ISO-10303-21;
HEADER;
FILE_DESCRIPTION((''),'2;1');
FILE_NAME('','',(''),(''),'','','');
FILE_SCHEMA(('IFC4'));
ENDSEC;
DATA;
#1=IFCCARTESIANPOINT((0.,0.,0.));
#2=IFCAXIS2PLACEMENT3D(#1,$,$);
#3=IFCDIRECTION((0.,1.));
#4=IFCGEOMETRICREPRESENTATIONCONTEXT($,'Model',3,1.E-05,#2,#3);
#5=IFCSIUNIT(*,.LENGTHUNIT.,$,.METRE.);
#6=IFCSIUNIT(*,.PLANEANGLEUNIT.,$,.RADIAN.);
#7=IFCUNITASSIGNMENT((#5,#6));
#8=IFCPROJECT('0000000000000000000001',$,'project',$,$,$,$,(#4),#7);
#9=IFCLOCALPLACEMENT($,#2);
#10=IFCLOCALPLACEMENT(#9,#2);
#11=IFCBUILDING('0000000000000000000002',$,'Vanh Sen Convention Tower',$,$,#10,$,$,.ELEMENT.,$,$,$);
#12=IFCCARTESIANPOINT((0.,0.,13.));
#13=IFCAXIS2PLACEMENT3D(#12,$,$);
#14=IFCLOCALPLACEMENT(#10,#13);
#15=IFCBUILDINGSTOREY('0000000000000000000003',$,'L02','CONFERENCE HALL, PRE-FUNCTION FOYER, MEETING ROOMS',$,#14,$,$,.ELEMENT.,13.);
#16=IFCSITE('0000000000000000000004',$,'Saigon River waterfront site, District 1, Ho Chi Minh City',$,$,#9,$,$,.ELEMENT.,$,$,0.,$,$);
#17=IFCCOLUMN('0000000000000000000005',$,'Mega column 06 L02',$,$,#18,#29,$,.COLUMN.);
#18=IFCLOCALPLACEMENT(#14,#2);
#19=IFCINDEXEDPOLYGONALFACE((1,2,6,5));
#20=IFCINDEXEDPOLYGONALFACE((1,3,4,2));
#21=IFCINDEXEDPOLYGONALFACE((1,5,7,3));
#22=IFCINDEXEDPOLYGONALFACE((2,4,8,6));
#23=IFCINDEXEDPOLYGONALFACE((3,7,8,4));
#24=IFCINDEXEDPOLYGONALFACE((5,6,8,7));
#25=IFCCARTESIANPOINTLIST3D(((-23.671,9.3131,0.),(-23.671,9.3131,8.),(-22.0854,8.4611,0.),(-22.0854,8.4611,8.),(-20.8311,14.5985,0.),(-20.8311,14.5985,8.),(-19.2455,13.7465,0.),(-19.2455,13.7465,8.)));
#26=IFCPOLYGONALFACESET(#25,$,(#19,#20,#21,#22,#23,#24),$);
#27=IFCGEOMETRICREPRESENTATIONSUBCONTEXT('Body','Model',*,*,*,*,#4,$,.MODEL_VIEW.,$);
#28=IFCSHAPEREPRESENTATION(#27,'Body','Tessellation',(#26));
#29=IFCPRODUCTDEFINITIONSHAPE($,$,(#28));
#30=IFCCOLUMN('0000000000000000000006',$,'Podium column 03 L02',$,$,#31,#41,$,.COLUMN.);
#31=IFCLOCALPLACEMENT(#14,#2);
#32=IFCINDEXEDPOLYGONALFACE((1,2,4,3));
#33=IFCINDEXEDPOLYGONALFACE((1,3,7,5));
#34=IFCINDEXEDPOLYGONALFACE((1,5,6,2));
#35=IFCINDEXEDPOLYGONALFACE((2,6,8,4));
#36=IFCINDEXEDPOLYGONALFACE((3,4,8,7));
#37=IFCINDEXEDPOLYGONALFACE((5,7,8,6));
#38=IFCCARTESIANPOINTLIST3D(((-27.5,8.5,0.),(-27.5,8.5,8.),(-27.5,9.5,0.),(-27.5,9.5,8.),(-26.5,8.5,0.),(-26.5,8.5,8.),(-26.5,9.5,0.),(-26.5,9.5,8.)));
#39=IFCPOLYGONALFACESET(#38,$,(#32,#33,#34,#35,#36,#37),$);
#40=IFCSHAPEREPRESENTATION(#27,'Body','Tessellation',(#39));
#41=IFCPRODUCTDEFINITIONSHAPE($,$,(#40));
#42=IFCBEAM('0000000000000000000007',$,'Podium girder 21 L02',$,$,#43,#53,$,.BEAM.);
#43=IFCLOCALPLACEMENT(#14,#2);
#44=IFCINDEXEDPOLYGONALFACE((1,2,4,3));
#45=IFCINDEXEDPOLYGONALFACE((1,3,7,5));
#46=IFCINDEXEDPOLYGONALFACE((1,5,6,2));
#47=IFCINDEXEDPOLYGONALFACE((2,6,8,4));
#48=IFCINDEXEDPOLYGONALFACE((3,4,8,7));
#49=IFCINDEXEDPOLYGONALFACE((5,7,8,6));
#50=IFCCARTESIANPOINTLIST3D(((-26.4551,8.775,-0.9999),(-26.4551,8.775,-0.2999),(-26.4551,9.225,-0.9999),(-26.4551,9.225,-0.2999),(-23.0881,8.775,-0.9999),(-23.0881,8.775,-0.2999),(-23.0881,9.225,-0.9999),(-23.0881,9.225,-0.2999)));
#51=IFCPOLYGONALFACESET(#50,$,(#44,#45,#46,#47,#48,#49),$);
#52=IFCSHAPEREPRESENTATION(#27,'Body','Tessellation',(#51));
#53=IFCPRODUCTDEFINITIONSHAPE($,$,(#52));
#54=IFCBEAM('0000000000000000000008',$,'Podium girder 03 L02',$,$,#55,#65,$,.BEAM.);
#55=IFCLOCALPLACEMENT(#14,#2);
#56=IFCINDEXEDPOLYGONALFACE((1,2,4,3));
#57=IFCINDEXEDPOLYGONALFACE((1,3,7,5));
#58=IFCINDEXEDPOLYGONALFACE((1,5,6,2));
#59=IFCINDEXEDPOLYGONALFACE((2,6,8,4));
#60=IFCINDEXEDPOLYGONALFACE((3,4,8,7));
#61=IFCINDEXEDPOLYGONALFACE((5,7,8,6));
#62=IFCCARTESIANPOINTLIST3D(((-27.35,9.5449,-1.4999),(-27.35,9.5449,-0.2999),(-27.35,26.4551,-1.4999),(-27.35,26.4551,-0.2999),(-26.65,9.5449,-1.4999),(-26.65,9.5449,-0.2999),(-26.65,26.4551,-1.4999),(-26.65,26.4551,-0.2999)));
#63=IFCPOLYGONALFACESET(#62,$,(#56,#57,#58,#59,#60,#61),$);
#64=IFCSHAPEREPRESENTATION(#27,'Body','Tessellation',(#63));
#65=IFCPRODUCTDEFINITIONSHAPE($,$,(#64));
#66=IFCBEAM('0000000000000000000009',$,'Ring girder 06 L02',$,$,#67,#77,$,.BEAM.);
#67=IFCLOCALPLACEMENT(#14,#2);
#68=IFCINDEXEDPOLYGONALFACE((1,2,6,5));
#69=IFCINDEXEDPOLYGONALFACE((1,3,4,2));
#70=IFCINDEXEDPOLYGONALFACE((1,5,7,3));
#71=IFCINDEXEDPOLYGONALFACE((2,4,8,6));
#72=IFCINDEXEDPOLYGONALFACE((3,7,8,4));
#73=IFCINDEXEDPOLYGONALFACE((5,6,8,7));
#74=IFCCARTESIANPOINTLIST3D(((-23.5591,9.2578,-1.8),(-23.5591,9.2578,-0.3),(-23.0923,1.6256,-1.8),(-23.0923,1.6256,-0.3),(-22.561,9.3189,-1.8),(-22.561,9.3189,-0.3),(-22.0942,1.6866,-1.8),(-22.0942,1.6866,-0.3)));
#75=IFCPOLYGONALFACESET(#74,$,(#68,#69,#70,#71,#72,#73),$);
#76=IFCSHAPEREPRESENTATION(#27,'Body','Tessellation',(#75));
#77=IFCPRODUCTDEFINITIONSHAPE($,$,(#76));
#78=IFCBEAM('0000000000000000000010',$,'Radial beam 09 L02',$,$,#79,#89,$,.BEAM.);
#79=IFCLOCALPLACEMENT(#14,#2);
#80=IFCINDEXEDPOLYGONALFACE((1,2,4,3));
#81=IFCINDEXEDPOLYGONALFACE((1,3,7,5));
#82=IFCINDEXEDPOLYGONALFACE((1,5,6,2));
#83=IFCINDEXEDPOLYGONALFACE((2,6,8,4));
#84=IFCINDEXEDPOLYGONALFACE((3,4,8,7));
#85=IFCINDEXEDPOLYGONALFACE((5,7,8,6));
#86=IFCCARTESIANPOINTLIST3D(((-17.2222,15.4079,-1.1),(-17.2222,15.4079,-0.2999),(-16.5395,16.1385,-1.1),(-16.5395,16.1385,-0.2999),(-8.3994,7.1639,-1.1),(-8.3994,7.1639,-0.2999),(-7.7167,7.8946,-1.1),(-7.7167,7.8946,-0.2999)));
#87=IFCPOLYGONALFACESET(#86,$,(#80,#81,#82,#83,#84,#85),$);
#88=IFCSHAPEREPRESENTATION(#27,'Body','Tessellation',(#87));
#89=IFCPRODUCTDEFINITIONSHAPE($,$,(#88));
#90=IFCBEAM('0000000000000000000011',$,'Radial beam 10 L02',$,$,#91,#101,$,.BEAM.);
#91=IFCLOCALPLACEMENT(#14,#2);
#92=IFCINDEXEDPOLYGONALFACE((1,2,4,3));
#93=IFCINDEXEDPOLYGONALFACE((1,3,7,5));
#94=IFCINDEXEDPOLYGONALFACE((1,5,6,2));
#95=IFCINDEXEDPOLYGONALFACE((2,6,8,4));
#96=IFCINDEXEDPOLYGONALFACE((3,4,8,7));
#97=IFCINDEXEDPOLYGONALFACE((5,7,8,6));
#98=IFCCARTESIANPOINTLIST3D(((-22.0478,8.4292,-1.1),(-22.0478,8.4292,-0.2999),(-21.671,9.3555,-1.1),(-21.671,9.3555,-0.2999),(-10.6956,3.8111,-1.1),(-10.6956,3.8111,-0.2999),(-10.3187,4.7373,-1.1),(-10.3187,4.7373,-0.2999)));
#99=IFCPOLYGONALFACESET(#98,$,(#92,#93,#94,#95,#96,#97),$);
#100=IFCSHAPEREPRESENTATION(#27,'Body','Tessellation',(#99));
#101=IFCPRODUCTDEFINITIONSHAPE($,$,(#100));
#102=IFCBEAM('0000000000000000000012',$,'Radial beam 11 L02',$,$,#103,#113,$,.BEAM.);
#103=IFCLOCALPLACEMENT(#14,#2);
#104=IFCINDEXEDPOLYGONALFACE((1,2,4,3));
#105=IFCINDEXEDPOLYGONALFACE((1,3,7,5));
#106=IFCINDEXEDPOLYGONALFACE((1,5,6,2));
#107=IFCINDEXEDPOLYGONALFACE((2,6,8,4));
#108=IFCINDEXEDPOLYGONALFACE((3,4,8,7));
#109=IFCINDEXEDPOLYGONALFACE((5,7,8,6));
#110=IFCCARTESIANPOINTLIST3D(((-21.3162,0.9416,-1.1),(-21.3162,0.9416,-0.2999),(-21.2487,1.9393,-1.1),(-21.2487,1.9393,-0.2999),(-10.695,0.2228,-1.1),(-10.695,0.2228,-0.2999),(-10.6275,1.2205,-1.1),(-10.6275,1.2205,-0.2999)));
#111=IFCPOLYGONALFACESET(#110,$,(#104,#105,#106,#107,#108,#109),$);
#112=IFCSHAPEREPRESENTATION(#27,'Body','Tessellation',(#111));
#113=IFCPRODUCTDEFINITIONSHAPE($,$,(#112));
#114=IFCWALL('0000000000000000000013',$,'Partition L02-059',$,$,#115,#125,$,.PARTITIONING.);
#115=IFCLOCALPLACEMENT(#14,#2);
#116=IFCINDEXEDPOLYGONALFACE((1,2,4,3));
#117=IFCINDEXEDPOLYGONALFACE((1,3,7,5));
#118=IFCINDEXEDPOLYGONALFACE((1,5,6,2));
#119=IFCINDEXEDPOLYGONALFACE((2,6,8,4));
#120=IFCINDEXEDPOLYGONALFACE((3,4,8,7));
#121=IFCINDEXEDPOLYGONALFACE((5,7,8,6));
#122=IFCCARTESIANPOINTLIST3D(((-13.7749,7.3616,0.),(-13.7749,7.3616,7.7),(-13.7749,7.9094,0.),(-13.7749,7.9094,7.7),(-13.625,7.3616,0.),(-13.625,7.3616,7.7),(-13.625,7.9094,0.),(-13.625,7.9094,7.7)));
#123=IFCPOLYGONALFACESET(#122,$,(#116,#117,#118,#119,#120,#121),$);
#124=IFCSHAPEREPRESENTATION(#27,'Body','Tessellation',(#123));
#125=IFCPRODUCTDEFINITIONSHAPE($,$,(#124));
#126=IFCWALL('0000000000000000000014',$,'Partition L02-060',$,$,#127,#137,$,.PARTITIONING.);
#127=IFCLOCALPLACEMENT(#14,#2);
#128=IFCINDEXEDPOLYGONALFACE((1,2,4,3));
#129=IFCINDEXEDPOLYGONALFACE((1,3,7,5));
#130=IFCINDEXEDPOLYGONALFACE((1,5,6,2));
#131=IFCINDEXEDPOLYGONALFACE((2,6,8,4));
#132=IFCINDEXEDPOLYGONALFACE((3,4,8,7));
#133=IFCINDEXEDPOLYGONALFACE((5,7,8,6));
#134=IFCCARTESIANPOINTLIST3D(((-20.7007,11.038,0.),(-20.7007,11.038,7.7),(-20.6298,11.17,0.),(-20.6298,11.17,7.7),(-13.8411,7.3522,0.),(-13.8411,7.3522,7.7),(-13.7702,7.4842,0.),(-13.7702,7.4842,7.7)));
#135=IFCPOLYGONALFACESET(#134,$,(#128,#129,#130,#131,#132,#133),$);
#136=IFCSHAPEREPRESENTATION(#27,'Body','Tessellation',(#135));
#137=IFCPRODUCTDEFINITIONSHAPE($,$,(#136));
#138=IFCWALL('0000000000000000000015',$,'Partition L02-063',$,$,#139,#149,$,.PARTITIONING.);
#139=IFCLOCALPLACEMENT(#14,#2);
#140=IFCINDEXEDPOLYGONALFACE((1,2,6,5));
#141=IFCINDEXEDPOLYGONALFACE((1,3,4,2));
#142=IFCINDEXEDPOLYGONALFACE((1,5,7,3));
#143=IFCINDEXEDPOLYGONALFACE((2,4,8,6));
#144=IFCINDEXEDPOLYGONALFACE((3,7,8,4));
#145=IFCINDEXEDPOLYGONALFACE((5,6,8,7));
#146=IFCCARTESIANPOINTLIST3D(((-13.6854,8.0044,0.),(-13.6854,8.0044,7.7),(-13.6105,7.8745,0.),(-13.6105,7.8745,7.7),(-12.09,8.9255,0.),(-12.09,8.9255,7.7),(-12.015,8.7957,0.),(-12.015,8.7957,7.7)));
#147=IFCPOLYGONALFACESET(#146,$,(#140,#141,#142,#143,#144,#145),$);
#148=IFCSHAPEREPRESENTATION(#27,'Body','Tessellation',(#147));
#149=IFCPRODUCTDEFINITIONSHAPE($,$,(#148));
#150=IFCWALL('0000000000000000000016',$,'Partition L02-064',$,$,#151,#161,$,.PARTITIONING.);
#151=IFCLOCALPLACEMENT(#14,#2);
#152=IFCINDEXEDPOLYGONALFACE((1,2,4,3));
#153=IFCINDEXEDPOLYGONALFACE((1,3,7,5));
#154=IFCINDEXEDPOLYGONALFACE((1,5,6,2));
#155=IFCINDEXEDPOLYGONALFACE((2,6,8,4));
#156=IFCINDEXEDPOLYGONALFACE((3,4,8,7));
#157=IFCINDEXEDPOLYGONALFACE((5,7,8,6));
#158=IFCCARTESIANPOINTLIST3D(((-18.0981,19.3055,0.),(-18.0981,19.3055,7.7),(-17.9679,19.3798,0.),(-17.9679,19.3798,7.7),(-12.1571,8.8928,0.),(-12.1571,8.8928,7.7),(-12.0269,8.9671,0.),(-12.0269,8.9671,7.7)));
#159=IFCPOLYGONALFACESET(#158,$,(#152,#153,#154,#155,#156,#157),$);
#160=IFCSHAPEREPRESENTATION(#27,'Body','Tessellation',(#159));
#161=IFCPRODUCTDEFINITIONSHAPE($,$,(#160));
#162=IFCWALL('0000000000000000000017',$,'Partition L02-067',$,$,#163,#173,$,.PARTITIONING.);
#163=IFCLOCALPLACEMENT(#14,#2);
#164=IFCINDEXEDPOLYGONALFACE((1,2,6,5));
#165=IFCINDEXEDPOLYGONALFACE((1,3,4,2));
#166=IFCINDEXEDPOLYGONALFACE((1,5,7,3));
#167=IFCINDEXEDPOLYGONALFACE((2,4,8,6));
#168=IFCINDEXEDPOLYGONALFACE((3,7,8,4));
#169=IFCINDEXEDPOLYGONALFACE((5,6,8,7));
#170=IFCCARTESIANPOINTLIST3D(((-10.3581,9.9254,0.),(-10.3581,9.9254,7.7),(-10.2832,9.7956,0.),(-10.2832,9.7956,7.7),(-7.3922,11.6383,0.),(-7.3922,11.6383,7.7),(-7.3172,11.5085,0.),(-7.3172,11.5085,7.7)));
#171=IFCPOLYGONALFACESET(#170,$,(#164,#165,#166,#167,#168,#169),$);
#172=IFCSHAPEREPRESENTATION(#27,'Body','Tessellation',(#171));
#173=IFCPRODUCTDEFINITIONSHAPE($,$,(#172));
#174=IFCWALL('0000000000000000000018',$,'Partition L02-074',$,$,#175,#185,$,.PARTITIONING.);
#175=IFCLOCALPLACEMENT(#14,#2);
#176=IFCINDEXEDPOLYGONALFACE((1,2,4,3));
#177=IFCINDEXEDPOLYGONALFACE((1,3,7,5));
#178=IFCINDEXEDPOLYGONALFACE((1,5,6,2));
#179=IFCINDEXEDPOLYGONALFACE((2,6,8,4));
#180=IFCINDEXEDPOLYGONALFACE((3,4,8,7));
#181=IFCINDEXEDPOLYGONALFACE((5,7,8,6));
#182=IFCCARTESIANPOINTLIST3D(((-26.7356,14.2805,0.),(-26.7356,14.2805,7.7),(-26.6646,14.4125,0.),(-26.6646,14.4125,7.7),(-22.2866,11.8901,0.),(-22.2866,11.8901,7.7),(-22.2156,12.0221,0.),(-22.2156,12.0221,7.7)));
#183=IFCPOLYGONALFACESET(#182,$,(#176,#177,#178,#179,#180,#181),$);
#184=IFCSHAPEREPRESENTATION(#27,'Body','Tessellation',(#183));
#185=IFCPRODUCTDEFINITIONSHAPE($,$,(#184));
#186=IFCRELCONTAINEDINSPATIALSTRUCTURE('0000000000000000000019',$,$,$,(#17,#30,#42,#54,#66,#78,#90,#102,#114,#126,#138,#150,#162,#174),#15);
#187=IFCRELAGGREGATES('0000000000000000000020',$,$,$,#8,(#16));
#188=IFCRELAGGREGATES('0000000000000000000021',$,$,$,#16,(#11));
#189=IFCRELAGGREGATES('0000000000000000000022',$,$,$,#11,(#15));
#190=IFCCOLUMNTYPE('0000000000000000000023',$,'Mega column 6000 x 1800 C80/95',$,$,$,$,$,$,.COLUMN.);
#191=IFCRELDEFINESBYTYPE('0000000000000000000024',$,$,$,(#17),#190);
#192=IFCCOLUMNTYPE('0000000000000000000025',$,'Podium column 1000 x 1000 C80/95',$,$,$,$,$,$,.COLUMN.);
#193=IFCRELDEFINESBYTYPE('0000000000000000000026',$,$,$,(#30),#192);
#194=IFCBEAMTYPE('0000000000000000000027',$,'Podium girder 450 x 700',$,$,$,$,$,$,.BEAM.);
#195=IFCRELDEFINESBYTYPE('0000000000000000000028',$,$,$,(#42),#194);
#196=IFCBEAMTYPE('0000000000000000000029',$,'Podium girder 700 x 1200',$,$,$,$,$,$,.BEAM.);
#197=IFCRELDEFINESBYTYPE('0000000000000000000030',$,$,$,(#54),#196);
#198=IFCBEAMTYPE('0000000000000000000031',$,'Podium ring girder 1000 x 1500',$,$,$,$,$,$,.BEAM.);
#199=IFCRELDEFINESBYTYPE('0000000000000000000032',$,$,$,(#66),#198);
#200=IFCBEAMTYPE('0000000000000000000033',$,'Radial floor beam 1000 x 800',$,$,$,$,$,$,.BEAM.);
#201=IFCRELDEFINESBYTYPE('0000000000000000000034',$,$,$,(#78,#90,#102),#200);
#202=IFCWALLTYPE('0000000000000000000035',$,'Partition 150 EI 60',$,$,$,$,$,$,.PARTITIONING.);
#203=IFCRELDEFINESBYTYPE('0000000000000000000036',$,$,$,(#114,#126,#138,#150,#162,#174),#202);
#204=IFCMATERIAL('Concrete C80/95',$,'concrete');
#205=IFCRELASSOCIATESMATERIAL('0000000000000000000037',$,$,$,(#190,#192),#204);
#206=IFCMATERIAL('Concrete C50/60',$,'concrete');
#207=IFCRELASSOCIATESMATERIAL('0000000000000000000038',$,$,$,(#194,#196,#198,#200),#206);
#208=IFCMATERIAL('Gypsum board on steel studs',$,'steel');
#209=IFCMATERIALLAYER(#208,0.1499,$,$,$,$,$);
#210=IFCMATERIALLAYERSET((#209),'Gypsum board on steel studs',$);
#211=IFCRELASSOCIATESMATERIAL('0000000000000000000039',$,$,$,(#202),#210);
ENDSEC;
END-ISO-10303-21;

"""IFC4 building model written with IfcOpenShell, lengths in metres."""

from ifc_helpers import new_model, si_unit, direction, frame, frame_2d, origin, origin_2d, place, context, subcontext, project, spatial, rectangle, extrude, material, layer, layer_set, material_profile, profile_set, type_object, element, save


model = new_model("IFC4")

# Units and contexts
model_context = context("Model", 3, precision=1e-05, world=origin(), true_north=direction((0.0, 1.0)))
body_context = subcontext(model_context, "Body", "Model", "MODEL_VIEW")
ifc_project = project(units=[si_unit("LENGTHUNIT", "METRE"), si_unit("PLANEANGLEUNIT", "RADIAN")], contexts=[model_context])

# Site, building, storey
site_placement = place(None, origin())
site = spatial("IfcSite", under=ifc_project, at=site_placement, Name="Saigon River waterfront site, District 1, Ho Chi Minh City", CompositionType="ELEMENT", RefElevation=0.0)
building_placement = place(site_placement, origin())
building = spatial("IfcBuilding", under=site, at=building_placement, Name="Vanh Sen Convention Tower", CompositionType="ELEMENT")
storey_placement = place(building_placement, frame((0.0, 0.0, 13.0)))
storey = spatial("IfcBuildingStorey", under=building, at=storey_placement, Name="L02", Description="CONFERENCE HALL, PRE-FUNCTION FOYER, MEETING ROOMS", CompositionType="ELEMENT", Elevation=13.0)

# Columns
ifc_material_1 = material(Name="Concrete C80/95", Category="concrete")
ifc_material_profile_1 = material_profile(ifc_material_1, rectangle(XDim=6.0, YDim=1.8, at=origin_2d()), Name="RC 6000X1800")
ifc_profile_set_1 = profile_set([ifc_material_profile_1], Name="Concrete C80/95")
column_type_1 = type_object("IfcColumnType", Name="Mega column 6000 x 1800 C80/95", PredefinedType="COLUMN", material=ifc_profile_set_1)
column_1_placement = place(storey_placement, frame((-21.4583, 11.5298, 0.0), z_axis=(0.0, 0.0, 1.0), x_axis=(-0.473317, -0.880892, 0.0)))
element("IfcColumn", 1, at=column_1_placement, inside=storey, type_object=column_type_1, Name="Mega column 06 L02", PredefinedType="COLUMN", context=body_context, shape_type="SweptSolid", body=[
    extrude(rectangle(XDim=6.0, YDim=1.8, at=origin_2d()), origin(), (0.0, 0.0, 1.0), 8.0),
])
ifc_material_profile_2 = material_profile(ifc_material_1, rectangle(XDim=1.0, YDim=1.0, at=origin_2d()), Name="RC 1000X1000")
ifc_profile_set_2 = profile_set([ifc_material_profile_2], Name="Concrete C80/95")
column_type_2 = type_object("IfcColumnType", Name="Podium column 1000 x 1000 C80/95", PredefinedType="COLUMN", material=ifc_profile_set_2)
column_2_placement = place(storey_placement, frame((-27.0, 9.0, 0.0), z_axis=(0.0, 0.0, 1.0), x_axis=(1.0, 0.0, 0.0)))
element("IfcColumn", 2, at=column_2_placement, inside=storey, type_object=column_type_2, Name="Podium column 03 L02", PredefinedType="COLUMN", context=body_context, shape_type="SweptSolid", body=[
    extrude(rectangle(XDim=1.0, YDim=1.0, at=origin_2d()), origin(), (0.0, 0.0, 1.0), 8.0),
])

# Beams
ifc_material_2 = material(Name="Concrete C50/60", Category="concrete")
ifc_material_profile_3 = material_profile(ifc_material_2, rectangle(XDim=0.45, YDim=0.7, at=origin_2d()), Name="RC 450X700")
ifc_profile_set_3 = profile_set([ifc_material_profile_3], Name="Concrete C50/60")
beam_type_1 = type_object("IfcBeamType", Name="Podium girder 450 x 700", PredefinedType="BEAM", material=ifc_profile_set_3)
beam_1_placement = place(storey_placement, frame((-26.4551, 9.0, -0.6499), z_axis=(1.0, 0.0, 0.0), x_axis=(0.0, 1.0, 0.0)))
element("IfcBeam", 3, at=beam_1_placement, inside=storey, type_object=beam_type_1, Name="Podium girder 21 L02", PredefinedType="BEAM", context=body_context, shape_type="SweptSolid", body=[
    extrude(rectangle(XDim=0.45, YDim=0.7, at=origin_2d()), origin(), (0.0, 0.0, 1.0), 3.3669),
])
ifc_material_profile_4 = material_profile(ifc_material_2, rectangle(XDim=0.7, YDim=1.2, at=origin_2d()), Name="RC 700X1200")
ifc_profile_set_4 = profile_set([ifc_material_profile_4], Name="Concrete C50/60")
beam_type_2 = type_object("IfcBeamType", Name="Podium girder 700 x 1200", PredefinedType="BEAM", material=ifc_profile_set_4)
beam_2_placement = place(storey_placement, frame((-27.0, 9.5449, -0.8999), z_axis=(0.0, 1.0, 0.0), x_axis=(-1.0, 0.0, 0.0)))
element("IfcBeam", 4, at=beam_2_placement, inside=storey, type_object=beam_type_2, Name="Podium girder 03 L02", PredefinedType="BEAM", context=body_context, shape_type="SweptSolid", body=[
    extrude(rectangle(XDim=0.7, YDim=1.2, at=origin_2d()), origin(), (0.0, 0.0, 1.0), 16.9102),
])
ifc_material_profile_5 = material_profile(ifc_material_2, rectangle(XDim=1.0, YDim=1.5, at=origin_2d()), Name="RC 1000X1500")
ifc_profile_set_5 = profile_set([ifc_material_profile_5], Name="Concrete C50/60")
beam_type_3 = type_object("IfcBeamType", Name="Podium ring girder 1000 x 1500", PredefinedType="BEAM", material=ifc_profile_set_5)
beam_3_placement = place(storey_placement, frame((-23.0601, 9.2883, -1.05), z_axis=(0.061046, -0.998135, 0.0), x_axis=(0.998135, 0.061046, 0.0)))
element("IfcBeam", 5, at=beam_3_placement, inside=storey, type_object=beam_type_3, Name="Ring girder 06 L02", PredefinedType="BEAM", context=body_context, shape_type="SweptSolid", body=[
    extrude(rectangle(XDim=1.0, YDim=1.5, at=origin_2d()), origin(), (0.0, 0.0, 1.0), 7.6465),
])
ifc_material_profile_6 = material_profile(ifc_material_2, rectangle(XDim=1.0, YDim=0.8, at=origin_2d()), Name="RC 1000X800")
ifc_profile_set_6 = profile_set([ifc_material_profile_6], Name="Concrete C50/60")
beam_type_4 = type_object("IfcBeamType", Name="Radial floor beam 1000 x 800", PredefinedType="BEAM", material=ifc_profile_set_6)
beam_4_placement = place(storey_placement, frame((-16.8809, 15.7732, -0.7), z_axis=(0.73067, -0.682731, 0.0), x_axis=(0.682731, 0.73067, 0.0)))
element("IfcBeam", 6, at=beam_4_placement, inside=storey, type_object=beam_type_4, Name="Radial beam 09 L02", PredefinedType="BEAM", context=body_context, shape_type="SweptSolid", body=[
    extrude(rectangle(XDim=1.0, YDim=0.8, at=origin_2d()), origin(), (0.0, 0.0, 1.0), 12.075),
])
beam_5_placement = place(storey_placement, frame((-21.8594, 8.8923, -0.7), z_axis=(0.926287, -0.376818, 0.0), x_axis=(0.376818, 0.926287, 0.0)))
element("IfcBeam", 7, at=beam_5_placement, inside=storey, type_object=beam_type_4, Name="Radial beam 10 L02", PredefinedType="BEAM", context=body_context, shape_type="SweptSolid", body=[
    extrude(rectangle(XDim=1.0, YDim=0.8, at=origin_2d()), origin(), (0.0, 0.0, 1.0), 12.2556),
])
beam_6_placement = place(storey_placement, frame((-21.2825, 1.4404, -0.7), z_axis=(0.997718, -0.067516, 0.0), x_axis=(0.067516, 0.997718, 0.0)))
element("IfcBeam", 8, at=beam_6_placement, inside=storey, type_object=beam_type_4, Name="Radial beam 11 L02", PredefinedType="BEAM", context=body_context, shape_type="SweptSolid", body=[
    extrude(rectangle(XDim=1.0, YDim=0.8, at=origin_2d()), origin(), (0.0, 0.0, 1.0), 10.6455),
])

# Walls
ifc_material_3 = material(Name="Gypsum board on steel studs", Category="steel")
ifc_layer_1 = layer(ifc_material_3, 0.1499)
ifc_layer_set_1 = layer_set([ifc_layer_1], Name="Gypsum board on steel studs")
wall_type_1 = type_object("IfcWallType", Name="Partition 150 EI 60", PredefinedType="PARTITIONING", material=ifc_layer_set_1)
wall_1_placement = place(storey_placement, frame((-13.7, 7.3616, 0.0), z_axis=(0.0, 0.0, 1.0), x_axis=(0.0, 1.0, 0.0)))
element("IfcWall", 9, at=wall_1_placement, inside=storey, type_object=wall_type_1, Name="Partition L02-059", PredefinedType="PARTITIONING", context=body_context, shape_type="SweptSolid", body=[
    extrude(rectangle(XDim=0.5479, YDim=0.1499, at=frame_2d((0.2739, 0.0))), origin(), (0.0, 0.0, 1.0), 7.7),
])
wall_2_placement = place(storey_placement, frame((-13.8057, 7.4182, 0.0), z_axis=(0.0, 0.0, 1.0), x_axis=(-0.880892, 0.473318, 0.0)))
element("IfcWall", 10, at=wall_2_placement, inside=storey, type_object=wall_type_1, Name="Partition L02-060", PredefinedType="PARTITIONING", context=body_context, shape_type="SweptSolid", body=[
    extrude(rectangle(XDim=7.7871, YDim=0.1499, at=frame_2d((3.8936, 0.0))), origin(), (0.0, 0.0, 1.0), 7.7),
])
wall_3_placement = place(storey_placement, frame((-13.6479, 7.9395, 0.0), z_axis=(0.0, 0.0, 1.0), x_axis=(0.866024, 0.500002, 0.0)))
element("IfcWall", 11, at=wall_3_placement, inside=storey, type_object=wall_type_1, Name="Partition L02-063", PredefinedType="PARTITIONING", context=body_context, shape_type="SweptSolid", body=[
    extrude(rectangle(XDim=1.8423, YDim=0.1499, at=frame_2d((0.9211, 0.0))), origin(), (0.0, 0.0, 1.0), 7.7),
])
wall_4_placement = place(storey_placement, frame((-12.092, 8.9299, 0.0), z_axis=(0.0, 0.0, 1.0), x_axis=(-0.495564, 0.868571, 0.0)))
element("IfcWall", 12, at=wall_4_placement, inside=storey, type_object=wall_type_1, Name="Partition L02-064", PredefinedType="PARTITIONING", context=body_context, shape_type="SweptSolid", body=[
    extrude(rectangle(XDim=11.9883, YDim=0.1499, at=frame_2d((5.9941, 0.0))), origin(), (0.0, 0.0, 1.0), 7.7),
])
wall_5_placement = place(storey_placement, frame((-10.3206, 9.8606, 0.0), z_axis=(0.0, 0.0, 1.0), x_axis=(0.865971, 0.500095, 0.0)))
element("IfcWall", 13, at=wall_5_placement, inside=storey, type_object=wall_type_1, Name="Partition L02-067", PredefinedType="PARTITIONING", context=body_context, shape_type="SweptSolid", body=[
    extrude(rectangle(XDim=3.425, YDim=0.1499, at=frame_2d((1.7124, 0.0))), origin(), (0.0, 0.0, 1.0), 7.7),
])
wall_6_placement = place(storey_placement, frame((-22.251, 11.9561, 0.0), z_axis=(0.0, 0.0, 1.0), x_axis=(-0.880902, 0.473298, 0.0)))
element("IfcWall", 14, at=wall_6_placement, inside=storey, type_object=wall_type_1, Name="Partition L02-074", PredefinedType="PARTITIONING", context=body_context, shape_type="SweptSolid", body=[
    extrude(rectangle(XDim=5.0505, YDim=0.1499, at=frame_2d((2.5254, 0.0))), origin(), (0.0, 0.0, 1.0), 7.7),
])

save(model, "model.ifc")
